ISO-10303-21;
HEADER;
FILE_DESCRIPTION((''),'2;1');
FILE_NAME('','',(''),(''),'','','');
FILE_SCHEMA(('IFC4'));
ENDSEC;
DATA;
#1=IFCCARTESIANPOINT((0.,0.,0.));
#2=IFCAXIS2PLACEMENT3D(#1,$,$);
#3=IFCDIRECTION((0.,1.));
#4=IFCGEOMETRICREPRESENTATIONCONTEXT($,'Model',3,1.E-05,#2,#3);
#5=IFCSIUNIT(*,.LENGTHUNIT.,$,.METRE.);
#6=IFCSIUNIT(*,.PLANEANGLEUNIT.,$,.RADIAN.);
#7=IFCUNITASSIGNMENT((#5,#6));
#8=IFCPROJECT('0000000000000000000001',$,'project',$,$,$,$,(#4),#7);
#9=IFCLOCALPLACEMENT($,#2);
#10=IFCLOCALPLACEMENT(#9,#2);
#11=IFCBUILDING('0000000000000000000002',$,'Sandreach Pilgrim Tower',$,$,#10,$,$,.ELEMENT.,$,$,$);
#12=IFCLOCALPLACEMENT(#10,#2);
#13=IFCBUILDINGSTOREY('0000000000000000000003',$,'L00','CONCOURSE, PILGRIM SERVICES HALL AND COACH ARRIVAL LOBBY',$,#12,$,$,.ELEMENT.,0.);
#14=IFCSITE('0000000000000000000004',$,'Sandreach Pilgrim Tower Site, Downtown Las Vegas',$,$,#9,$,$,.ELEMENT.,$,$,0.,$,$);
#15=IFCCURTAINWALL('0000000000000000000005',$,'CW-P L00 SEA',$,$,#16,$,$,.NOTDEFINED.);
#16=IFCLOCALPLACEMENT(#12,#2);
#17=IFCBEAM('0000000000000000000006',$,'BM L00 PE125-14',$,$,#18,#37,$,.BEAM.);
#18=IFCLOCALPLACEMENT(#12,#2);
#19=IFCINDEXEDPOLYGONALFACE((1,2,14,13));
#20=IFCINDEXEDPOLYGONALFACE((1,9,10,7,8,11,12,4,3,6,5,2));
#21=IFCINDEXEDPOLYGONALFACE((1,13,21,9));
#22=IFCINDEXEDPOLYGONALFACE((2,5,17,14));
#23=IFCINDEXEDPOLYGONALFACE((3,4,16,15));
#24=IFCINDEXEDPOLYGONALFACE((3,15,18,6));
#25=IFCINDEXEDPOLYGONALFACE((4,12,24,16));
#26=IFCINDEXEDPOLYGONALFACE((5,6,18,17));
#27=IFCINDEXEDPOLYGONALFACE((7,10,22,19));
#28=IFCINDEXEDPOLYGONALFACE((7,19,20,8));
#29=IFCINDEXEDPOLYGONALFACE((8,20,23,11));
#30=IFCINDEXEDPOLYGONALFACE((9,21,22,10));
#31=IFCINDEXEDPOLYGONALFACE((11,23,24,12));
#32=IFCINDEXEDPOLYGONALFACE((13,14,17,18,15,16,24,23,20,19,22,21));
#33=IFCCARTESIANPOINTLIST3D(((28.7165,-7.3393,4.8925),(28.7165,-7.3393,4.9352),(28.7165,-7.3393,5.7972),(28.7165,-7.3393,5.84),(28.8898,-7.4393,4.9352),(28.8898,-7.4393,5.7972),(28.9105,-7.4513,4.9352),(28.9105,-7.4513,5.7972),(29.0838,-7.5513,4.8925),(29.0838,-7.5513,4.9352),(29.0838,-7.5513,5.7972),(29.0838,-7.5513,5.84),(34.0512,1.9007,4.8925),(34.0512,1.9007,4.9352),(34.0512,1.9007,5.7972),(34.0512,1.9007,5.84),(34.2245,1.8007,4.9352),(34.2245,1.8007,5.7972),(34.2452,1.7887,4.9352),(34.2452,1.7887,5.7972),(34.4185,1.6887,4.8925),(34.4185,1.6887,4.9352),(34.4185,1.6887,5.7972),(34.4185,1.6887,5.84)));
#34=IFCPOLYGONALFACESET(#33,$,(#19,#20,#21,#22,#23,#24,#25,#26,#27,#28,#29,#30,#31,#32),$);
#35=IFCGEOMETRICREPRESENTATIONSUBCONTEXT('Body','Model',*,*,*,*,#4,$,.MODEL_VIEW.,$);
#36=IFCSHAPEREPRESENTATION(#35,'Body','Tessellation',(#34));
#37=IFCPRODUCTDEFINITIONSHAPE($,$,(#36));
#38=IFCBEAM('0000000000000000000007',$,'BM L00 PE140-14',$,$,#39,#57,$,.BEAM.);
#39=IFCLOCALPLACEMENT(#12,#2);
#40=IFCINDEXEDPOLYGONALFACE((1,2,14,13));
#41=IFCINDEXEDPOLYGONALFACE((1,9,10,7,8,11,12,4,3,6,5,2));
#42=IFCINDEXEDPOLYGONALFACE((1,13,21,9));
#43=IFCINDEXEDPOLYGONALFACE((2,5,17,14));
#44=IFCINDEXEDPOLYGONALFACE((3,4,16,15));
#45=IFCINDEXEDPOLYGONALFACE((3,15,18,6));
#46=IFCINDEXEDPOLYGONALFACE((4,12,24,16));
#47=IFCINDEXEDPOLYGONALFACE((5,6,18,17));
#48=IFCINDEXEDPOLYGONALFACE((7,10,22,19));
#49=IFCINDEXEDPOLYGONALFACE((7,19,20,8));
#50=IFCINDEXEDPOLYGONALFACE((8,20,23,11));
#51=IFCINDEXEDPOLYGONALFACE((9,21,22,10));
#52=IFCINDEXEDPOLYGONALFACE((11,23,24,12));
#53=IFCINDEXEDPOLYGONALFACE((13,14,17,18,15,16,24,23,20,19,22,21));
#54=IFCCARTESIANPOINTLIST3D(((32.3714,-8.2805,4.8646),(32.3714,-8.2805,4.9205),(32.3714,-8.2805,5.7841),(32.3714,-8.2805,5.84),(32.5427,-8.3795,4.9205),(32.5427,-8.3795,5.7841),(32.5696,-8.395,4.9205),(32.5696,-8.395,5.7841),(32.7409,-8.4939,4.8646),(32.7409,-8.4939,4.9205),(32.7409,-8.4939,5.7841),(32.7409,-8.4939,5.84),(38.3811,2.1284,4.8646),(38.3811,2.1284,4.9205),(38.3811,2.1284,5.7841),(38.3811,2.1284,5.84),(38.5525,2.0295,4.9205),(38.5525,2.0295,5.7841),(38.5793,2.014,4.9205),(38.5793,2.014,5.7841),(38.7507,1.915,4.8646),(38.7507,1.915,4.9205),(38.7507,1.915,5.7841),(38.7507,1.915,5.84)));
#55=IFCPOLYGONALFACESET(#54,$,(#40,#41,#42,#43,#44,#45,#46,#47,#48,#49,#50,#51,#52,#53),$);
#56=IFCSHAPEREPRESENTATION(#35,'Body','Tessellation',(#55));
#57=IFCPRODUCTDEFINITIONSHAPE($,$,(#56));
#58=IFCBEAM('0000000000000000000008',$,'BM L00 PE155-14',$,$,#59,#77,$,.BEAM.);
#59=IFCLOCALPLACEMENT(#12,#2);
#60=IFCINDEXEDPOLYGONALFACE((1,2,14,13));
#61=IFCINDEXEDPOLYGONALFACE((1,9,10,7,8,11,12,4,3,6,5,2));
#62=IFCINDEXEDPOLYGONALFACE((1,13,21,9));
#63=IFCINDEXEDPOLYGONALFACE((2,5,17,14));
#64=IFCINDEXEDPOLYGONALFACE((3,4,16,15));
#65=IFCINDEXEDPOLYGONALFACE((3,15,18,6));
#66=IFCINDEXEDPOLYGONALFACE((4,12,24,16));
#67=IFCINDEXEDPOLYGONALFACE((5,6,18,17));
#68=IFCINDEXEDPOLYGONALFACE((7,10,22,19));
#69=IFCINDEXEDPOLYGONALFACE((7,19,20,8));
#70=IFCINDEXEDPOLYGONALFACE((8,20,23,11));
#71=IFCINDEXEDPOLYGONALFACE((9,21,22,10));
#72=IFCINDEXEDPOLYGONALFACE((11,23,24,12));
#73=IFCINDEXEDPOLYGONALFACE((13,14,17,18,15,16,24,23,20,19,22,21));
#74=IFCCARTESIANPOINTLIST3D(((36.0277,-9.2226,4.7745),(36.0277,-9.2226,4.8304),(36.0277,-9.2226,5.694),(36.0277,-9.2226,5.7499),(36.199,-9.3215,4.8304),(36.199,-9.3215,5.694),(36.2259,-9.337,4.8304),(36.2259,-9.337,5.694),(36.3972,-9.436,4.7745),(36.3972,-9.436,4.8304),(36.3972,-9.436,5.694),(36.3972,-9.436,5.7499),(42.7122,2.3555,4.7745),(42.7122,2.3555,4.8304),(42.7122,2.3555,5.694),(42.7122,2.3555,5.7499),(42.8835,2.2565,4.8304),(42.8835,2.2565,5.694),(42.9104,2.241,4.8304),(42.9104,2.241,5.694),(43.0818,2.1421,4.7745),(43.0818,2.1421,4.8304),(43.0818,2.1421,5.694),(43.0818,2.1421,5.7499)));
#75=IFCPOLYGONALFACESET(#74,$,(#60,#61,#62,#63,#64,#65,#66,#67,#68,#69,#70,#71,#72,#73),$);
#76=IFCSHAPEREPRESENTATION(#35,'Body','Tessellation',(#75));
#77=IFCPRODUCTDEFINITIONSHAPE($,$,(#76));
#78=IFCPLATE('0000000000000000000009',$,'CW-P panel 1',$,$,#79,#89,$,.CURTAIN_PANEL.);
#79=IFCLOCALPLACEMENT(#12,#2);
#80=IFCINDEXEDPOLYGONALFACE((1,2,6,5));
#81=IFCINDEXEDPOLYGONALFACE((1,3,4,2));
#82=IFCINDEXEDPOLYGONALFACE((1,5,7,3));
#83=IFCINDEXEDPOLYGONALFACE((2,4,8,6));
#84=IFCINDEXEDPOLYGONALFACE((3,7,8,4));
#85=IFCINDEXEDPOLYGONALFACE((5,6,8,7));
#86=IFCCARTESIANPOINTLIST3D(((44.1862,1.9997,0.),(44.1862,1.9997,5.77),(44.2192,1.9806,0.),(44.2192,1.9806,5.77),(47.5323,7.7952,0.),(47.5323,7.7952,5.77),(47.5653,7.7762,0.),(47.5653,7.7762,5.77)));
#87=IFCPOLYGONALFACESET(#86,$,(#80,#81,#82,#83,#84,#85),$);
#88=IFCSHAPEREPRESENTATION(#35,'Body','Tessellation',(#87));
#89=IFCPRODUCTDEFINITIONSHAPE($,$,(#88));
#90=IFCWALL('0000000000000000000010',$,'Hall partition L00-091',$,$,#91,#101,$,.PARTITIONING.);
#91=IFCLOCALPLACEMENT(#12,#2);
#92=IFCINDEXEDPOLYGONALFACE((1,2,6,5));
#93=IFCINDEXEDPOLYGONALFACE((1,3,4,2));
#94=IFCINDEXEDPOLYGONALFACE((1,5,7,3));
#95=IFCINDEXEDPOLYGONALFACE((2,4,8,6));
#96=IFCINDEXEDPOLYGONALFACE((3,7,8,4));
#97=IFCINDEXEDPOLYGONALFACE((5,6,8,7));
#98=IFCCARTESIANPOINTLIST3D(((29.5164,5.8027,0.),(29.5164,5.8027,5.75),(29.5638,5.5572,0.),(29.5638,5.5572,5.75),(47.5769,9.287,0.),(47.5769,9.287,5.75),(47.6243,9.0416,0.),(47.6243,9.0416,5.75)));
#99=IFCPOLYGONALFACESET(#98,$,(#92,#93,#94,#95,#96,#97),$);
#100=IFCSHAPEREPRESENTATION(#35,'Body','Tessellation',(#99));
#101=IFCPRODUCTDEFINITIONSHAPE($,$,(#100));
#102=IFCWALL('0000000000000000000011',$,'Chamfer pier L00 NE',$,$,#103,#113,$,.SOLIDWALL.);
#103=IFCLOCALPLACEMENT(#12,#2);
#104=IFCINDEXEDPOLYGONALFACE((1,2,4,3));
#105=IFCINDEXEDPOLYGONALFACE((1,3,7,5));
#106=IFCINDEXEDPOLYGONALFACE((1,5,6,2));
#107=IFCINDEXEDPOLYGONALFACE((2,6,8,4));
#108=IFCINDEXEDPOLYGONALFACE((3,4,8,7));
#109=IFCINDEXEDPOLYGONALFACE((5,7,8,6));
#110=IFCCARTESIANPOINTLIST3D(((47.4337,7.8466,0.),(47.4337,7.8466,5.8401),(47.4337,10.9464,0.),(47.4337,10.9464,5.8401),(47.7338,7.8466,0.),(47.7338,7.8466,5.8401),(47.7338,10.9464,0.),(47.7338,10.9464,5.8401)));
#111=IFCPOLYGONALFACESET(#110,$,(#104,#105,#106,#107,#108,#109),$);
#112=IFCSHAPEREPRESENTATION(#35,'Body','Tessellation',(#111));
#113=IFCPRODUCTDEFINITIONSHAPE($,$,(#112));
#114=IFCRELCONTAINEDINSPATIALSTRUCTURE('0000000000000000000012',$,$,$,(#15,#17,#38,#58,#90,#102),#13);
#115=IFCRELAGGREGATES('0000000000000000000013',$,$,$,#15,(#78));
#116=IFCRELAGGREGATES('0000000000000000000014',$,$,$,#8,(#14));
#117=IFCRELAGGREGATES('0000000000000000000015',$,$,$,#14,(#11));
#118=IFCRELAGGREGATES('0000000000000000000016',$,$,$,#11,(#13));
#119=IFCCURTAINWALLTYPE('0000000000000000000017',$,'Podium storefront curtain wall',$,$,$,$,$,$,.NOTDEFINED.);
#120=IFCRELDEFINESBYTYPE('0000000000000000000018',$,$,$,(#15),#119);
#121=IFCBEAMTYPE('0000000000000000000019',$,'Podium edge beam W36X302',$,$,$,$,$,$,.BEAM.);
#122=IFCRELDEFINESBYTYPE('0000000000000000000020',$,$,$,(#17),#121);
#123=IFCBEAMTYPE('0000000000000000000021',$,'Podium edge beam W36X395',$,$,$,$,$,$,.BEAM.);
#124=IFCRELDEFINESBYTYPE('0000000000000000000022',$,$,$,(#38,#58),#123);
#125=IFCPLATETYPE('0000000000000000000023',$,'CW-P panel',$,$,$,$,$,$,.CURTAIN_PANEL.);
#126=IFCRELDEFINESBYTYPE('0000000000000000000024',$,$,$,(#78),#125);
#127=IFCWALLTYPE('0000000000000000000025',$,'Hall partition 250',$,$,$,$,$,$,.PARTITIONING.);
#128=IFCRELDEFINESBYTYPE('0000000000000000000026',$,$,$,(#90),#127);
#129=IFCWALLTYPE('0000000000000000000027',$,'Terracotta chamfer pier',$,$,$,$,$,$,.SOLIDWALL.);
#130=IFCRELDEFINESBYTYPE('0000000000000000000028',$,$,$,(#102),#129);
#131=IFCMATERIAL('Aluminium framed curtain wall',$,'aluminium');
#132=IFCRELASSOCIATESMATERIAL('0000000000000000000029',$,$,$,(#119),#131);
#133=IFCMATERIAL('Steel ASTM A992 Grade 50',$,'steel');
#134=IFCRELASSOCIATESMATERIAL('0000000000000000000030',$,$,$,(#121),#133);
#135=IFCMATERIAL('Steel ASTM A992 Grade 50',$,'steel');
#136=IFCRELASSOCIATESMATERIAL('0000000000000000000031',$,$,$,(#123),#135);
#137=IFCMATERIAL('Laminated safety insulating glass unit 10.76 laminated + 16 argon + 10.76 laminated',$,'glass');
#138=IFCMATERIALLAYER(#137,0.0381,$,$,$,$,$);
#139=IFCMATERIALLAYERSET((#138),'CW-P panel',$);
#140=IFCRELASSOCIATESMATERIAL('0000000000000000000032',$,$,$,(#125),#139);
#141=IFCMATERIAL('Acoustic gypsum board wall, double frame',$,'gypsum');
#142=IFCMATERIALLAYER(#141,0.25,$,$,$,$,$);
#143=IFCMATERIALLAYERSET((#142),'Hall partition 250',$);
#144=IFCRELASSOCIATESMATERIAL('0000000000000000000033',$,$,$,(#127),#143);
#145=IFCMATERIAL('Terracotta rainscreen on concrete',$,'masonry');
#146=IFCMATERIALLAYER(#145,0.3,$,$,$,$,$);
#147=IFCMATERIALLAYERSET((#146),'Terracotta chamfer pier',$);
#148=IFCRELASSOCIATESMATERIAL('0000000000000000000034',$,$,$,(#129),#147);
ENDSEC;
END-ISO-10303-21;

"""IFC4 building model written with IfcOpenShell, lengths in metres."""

from ifc_helpers import new_model, si_unit, direction, frame, frame_2d, origin, origin_2d, place, context, subcontext, project, spatial, rectangle, i_section, extrude, material, layer, layer_set, material_profile, profile_set, type_object, element, aggregate, save


model = new_model("IFC4")

# Units and contexts
model_context = context("Model", 3, precision=1e-05, world=origin(), true_north=direction((0.0, 1.0)))
body_context = subcontext(model_context, "Body", "Model", "MODEL_VIEW")
ifc_project = project(units=[si_unit("LENGTHUNIT", "METRE"), si_unit("PLANEANGLEUNIT", "RADIAN")], contexts=[model_context])

# Site, building, storey
site_placement = place(None, origin())
site = spatial("IfcSite", under=ifc_project, at=site_placement, Name="Sandreach Pilgrim Tower Site, Downtown Las Vegas", CompositionType="ELEMENT", RefElevation=0.0)
building_placement = place(site_placement, origin())
building = spatial("IfcBuilding", under=site, at=building_placement, Name="Sandreach Pilgrim Tower", CompositionType="ELEMENT")
storey_placement = place(building_placement, origin())
storey = spatial("IfcBuildingStorey", under=building, at=storey_placement, Name="L00", Description="CONCOURSE, PILGRIM SERVICES HALL AND COACH ARRIVAL LOBBY", CompositionType="ELEMENT", Elevation=0.0)

# Curtain wall
ifc_material_1 = material(Name="Aluminium framed curtain wall", Category="aluminium")
curtain_wall_type = type_object("IfcCurtainWallType", Name="Podium storefront curtain wall", PredefinedType="NOTDEFINED", material=ifc_material_1)
curtain_wall_placement = place(storey_placement, origin())
curtain_wall = element("IfcCurtainWall", 1, at=curtain_wall_placement, inside=storey, type_object=curtain_wall_type, Name="CW-P L00 SEA", PredefinedType="NOTDEFINED")

# Beams
ifc_material_2 = material(Name="Steel ASTM A992 Grade 50", Category="steel")
ifc_material_profile_1 = material_profile(ifc_material_2, i_section(OverallWidth=0.4241, OverallDepth=0.9475, WebThickness=0.0239, FlangeThickness=0.0427, at=origin_2d()), Name="W36X302")
ifc_profile_set_1 = profile_set([ifc_material_profile_1], Name="Steel ASTM A992 Grade 50")
beam_type_1 = type_object("IfcBeamType", Name="Podium edge beam W36X302", PredefinedType="BEAM", material=ifc_profile_set_1)
beam_1_placement = place(storey_placement, frame((34.2349, 1.7947, 5.3662), z_axis=(-0.5, -0.866025, 0.0), x_axis=(0.866025, -0.5, 0.0)))
element("IfcBeam", 2, at=beam_1_placement, inside=storey, type_object=beam_type_1, Name="BM L00 PE125-14", PredefinedType="BEAM", context=body_context, shape_type="SweptSolid", body=[
    extrude(i_section(OverallWidth=0.4241, OverallDepth=0.9475, WebThickness=0.0239, FlangeThickness=0.0427, at=origin_2d()), origin(), (0.0, 0.0, 1.0), 10.6694),
])
ifc_material_3 = material(Name="Steel ASTM A992 Grade 50", Category="steel")
ifc_material_profile_2 = material_profile(ifc_material_3, i_section(OverallWidth=0.4268, OverallDepth=0.9753, WebThickness=0.031, FlangeThickness=0.0559, at=origin_2d()), Name="W36X395")
ifc_profile_set_2 = profile_set([ifc_material_profile_2], Name="Steel ASTM A992 Grade 50")
beam_type_2 = type_object("IfcBeamType", Name="Podium edge beam W36X395", PredefinedType="BEAM", material=ifc_profile_set_2)
beam_2_placement = place(storey_placement, frame((38.5659, 2.0217, 5.3523), z_axis=(-0.50001, -0.866019, 0.0), x_axis=(0.866019, -0.50001, 0.0)))
element("IfcBeam", 3, at=beam_2_placement, inside=storey, type_object=beam_type_2, Name="BM L00 PE140-14", PredefinedType="BEAM", context=body_context, shape_type="SweptSolid", body=[
    extrude(i_section(OverallWidth=0.4268, OverallDepth=0.9753, WebThickness=0.031, FlangeThickness=0.0559, at=origin_2d()), origin(), (0.0, 0.0, 1.0), 12.0193),
])
beam_3_placement = place(storey_placement, frame((42.897, 2.2488, 5.2622), z_axis=(-0.499996, -0.866027, 0.0), x_axis=(0.866027, -0.499996, 0.0)))
element("IfcBeam", 4, at=beam_3_placement, inside=storey, type_object=beam_type_2, Name="BM L00 PE155-14", PredefinedType="BEAM", context=body_context, shape_type="SweptSolid", body=[
    extrude(i_section(OverallWidth=0.4268, OverallDepth=0.9753, WebThickness=0.031, FlangeThickness=0.0559, at=origin_2d()), origin(), (0.0, 0.0, 1.0), 13.3691),
])

# Plate
ifc_material_4 = material(Name="Laminated safety insulating glass unit 10.76 laminated + 16 argon + 10.76 laminated", Category="glass")
ifc_layer_1 = layer(ifc_material_4, 0.0381)
ifc_layer_set_1 = layer_set([ifc_layer_1], Name="CW-P panel")
plate_type = type_object("IfcPlateType", Name="CW-P panel", PredefinedType="CURTAIN_PANEL", material=ifc_layer_set_1)
plate_placement = place(storey_placement, frame((45.8757, 4.8879, 0.0), z_axis=(0.0, 0.0, 1.0), x_axis=(-0.5, -0.866025, 0.0)))
plate = element("IfcPlate", 5, at=plate_placement, type_object=plate_type, Name="CW-P panel 1", PredefinedType="CURTAIN_PANEL", context=body_context, shape_type="SweptSolid", body=[
    extrude(rectangle(XDim=6.6921, YDim=0.0381, at=origin_2d()), origin(), (0.0, 0.0, 1.0), 5.77),
])
aggregate(curtain_wall, [plate])

# Walls
ifc_material_5 = material(Name="Acoustic gypsum board wall, double frame", Category="gypsum")
ifc_layer_2 = layer(ifc_material_5, 0.25)
ifc_layer_set_2 = layer_set([ifc_layer_2], Name="Hall partition 250")
wall_type_1 = type_object("IfcWallType", Name="Hall partition 250", PredefinedType="PARTITIONING", material=ifc_layer_set_2)
wall_1_placement = place(storey_placement, frame((47.6006, 9.1643, 0.0), z_axis=(0.0, 0.0, 1.0), x_axis=(-0.981893, -0.189434, 0.0)))
element("IfcWall", 6, at=wall_1_placement, inside=storey, type_object=wall_type_1, Name="Hall partition L00-091", PredefinedType="PARTITIONING", context=body_context, shape_type="SweptSolid", body=[
    extrude(rectangle(XDim=18.3936, YDim=0.25, at=frame_2d((9.1968, 0.0))), origin(), (0.0, 0.0, 1.0), 5.75),
])
ifc_material_6 = material(Name="Terracotta rainscreen on concrete", Category="masonry")
ifc_layer_3 = layer(ifc_material_6, 0.3)
ifc_layer_set_3 = layer_set([ifc_layer_3], Name="Terracotta chamfer pier")
wall_type_2 = type_object("IfcWallType", Name="Terracotta chamfer pier", PredefinedType="SOLIDWALL", material=ifc_layer_set_3)
wall_2_placement = place(storey_placement, frame((47.5837, 10.9463, 0.0), z_axis=(0.0, 0.0, 1.0), x_axis=(0.0, -1.0, 0.0)))
element("IfcWall", 7, at=wall_2_placement, inside=storey, type_object=wall_type_2, Name="Chamfer pier L00 NE", PredefinedType="SOLIDWALL", context=body_context, shape_type="SweptSolid", body=[
    extrude(rectangle(XDim=3.0999, YDim=0.3, at=frame_2d((1.5498, 0.0))), origin(), (0.0, 0.0, 1.0), 5.8401),
])

save(model, "model.ifc")
